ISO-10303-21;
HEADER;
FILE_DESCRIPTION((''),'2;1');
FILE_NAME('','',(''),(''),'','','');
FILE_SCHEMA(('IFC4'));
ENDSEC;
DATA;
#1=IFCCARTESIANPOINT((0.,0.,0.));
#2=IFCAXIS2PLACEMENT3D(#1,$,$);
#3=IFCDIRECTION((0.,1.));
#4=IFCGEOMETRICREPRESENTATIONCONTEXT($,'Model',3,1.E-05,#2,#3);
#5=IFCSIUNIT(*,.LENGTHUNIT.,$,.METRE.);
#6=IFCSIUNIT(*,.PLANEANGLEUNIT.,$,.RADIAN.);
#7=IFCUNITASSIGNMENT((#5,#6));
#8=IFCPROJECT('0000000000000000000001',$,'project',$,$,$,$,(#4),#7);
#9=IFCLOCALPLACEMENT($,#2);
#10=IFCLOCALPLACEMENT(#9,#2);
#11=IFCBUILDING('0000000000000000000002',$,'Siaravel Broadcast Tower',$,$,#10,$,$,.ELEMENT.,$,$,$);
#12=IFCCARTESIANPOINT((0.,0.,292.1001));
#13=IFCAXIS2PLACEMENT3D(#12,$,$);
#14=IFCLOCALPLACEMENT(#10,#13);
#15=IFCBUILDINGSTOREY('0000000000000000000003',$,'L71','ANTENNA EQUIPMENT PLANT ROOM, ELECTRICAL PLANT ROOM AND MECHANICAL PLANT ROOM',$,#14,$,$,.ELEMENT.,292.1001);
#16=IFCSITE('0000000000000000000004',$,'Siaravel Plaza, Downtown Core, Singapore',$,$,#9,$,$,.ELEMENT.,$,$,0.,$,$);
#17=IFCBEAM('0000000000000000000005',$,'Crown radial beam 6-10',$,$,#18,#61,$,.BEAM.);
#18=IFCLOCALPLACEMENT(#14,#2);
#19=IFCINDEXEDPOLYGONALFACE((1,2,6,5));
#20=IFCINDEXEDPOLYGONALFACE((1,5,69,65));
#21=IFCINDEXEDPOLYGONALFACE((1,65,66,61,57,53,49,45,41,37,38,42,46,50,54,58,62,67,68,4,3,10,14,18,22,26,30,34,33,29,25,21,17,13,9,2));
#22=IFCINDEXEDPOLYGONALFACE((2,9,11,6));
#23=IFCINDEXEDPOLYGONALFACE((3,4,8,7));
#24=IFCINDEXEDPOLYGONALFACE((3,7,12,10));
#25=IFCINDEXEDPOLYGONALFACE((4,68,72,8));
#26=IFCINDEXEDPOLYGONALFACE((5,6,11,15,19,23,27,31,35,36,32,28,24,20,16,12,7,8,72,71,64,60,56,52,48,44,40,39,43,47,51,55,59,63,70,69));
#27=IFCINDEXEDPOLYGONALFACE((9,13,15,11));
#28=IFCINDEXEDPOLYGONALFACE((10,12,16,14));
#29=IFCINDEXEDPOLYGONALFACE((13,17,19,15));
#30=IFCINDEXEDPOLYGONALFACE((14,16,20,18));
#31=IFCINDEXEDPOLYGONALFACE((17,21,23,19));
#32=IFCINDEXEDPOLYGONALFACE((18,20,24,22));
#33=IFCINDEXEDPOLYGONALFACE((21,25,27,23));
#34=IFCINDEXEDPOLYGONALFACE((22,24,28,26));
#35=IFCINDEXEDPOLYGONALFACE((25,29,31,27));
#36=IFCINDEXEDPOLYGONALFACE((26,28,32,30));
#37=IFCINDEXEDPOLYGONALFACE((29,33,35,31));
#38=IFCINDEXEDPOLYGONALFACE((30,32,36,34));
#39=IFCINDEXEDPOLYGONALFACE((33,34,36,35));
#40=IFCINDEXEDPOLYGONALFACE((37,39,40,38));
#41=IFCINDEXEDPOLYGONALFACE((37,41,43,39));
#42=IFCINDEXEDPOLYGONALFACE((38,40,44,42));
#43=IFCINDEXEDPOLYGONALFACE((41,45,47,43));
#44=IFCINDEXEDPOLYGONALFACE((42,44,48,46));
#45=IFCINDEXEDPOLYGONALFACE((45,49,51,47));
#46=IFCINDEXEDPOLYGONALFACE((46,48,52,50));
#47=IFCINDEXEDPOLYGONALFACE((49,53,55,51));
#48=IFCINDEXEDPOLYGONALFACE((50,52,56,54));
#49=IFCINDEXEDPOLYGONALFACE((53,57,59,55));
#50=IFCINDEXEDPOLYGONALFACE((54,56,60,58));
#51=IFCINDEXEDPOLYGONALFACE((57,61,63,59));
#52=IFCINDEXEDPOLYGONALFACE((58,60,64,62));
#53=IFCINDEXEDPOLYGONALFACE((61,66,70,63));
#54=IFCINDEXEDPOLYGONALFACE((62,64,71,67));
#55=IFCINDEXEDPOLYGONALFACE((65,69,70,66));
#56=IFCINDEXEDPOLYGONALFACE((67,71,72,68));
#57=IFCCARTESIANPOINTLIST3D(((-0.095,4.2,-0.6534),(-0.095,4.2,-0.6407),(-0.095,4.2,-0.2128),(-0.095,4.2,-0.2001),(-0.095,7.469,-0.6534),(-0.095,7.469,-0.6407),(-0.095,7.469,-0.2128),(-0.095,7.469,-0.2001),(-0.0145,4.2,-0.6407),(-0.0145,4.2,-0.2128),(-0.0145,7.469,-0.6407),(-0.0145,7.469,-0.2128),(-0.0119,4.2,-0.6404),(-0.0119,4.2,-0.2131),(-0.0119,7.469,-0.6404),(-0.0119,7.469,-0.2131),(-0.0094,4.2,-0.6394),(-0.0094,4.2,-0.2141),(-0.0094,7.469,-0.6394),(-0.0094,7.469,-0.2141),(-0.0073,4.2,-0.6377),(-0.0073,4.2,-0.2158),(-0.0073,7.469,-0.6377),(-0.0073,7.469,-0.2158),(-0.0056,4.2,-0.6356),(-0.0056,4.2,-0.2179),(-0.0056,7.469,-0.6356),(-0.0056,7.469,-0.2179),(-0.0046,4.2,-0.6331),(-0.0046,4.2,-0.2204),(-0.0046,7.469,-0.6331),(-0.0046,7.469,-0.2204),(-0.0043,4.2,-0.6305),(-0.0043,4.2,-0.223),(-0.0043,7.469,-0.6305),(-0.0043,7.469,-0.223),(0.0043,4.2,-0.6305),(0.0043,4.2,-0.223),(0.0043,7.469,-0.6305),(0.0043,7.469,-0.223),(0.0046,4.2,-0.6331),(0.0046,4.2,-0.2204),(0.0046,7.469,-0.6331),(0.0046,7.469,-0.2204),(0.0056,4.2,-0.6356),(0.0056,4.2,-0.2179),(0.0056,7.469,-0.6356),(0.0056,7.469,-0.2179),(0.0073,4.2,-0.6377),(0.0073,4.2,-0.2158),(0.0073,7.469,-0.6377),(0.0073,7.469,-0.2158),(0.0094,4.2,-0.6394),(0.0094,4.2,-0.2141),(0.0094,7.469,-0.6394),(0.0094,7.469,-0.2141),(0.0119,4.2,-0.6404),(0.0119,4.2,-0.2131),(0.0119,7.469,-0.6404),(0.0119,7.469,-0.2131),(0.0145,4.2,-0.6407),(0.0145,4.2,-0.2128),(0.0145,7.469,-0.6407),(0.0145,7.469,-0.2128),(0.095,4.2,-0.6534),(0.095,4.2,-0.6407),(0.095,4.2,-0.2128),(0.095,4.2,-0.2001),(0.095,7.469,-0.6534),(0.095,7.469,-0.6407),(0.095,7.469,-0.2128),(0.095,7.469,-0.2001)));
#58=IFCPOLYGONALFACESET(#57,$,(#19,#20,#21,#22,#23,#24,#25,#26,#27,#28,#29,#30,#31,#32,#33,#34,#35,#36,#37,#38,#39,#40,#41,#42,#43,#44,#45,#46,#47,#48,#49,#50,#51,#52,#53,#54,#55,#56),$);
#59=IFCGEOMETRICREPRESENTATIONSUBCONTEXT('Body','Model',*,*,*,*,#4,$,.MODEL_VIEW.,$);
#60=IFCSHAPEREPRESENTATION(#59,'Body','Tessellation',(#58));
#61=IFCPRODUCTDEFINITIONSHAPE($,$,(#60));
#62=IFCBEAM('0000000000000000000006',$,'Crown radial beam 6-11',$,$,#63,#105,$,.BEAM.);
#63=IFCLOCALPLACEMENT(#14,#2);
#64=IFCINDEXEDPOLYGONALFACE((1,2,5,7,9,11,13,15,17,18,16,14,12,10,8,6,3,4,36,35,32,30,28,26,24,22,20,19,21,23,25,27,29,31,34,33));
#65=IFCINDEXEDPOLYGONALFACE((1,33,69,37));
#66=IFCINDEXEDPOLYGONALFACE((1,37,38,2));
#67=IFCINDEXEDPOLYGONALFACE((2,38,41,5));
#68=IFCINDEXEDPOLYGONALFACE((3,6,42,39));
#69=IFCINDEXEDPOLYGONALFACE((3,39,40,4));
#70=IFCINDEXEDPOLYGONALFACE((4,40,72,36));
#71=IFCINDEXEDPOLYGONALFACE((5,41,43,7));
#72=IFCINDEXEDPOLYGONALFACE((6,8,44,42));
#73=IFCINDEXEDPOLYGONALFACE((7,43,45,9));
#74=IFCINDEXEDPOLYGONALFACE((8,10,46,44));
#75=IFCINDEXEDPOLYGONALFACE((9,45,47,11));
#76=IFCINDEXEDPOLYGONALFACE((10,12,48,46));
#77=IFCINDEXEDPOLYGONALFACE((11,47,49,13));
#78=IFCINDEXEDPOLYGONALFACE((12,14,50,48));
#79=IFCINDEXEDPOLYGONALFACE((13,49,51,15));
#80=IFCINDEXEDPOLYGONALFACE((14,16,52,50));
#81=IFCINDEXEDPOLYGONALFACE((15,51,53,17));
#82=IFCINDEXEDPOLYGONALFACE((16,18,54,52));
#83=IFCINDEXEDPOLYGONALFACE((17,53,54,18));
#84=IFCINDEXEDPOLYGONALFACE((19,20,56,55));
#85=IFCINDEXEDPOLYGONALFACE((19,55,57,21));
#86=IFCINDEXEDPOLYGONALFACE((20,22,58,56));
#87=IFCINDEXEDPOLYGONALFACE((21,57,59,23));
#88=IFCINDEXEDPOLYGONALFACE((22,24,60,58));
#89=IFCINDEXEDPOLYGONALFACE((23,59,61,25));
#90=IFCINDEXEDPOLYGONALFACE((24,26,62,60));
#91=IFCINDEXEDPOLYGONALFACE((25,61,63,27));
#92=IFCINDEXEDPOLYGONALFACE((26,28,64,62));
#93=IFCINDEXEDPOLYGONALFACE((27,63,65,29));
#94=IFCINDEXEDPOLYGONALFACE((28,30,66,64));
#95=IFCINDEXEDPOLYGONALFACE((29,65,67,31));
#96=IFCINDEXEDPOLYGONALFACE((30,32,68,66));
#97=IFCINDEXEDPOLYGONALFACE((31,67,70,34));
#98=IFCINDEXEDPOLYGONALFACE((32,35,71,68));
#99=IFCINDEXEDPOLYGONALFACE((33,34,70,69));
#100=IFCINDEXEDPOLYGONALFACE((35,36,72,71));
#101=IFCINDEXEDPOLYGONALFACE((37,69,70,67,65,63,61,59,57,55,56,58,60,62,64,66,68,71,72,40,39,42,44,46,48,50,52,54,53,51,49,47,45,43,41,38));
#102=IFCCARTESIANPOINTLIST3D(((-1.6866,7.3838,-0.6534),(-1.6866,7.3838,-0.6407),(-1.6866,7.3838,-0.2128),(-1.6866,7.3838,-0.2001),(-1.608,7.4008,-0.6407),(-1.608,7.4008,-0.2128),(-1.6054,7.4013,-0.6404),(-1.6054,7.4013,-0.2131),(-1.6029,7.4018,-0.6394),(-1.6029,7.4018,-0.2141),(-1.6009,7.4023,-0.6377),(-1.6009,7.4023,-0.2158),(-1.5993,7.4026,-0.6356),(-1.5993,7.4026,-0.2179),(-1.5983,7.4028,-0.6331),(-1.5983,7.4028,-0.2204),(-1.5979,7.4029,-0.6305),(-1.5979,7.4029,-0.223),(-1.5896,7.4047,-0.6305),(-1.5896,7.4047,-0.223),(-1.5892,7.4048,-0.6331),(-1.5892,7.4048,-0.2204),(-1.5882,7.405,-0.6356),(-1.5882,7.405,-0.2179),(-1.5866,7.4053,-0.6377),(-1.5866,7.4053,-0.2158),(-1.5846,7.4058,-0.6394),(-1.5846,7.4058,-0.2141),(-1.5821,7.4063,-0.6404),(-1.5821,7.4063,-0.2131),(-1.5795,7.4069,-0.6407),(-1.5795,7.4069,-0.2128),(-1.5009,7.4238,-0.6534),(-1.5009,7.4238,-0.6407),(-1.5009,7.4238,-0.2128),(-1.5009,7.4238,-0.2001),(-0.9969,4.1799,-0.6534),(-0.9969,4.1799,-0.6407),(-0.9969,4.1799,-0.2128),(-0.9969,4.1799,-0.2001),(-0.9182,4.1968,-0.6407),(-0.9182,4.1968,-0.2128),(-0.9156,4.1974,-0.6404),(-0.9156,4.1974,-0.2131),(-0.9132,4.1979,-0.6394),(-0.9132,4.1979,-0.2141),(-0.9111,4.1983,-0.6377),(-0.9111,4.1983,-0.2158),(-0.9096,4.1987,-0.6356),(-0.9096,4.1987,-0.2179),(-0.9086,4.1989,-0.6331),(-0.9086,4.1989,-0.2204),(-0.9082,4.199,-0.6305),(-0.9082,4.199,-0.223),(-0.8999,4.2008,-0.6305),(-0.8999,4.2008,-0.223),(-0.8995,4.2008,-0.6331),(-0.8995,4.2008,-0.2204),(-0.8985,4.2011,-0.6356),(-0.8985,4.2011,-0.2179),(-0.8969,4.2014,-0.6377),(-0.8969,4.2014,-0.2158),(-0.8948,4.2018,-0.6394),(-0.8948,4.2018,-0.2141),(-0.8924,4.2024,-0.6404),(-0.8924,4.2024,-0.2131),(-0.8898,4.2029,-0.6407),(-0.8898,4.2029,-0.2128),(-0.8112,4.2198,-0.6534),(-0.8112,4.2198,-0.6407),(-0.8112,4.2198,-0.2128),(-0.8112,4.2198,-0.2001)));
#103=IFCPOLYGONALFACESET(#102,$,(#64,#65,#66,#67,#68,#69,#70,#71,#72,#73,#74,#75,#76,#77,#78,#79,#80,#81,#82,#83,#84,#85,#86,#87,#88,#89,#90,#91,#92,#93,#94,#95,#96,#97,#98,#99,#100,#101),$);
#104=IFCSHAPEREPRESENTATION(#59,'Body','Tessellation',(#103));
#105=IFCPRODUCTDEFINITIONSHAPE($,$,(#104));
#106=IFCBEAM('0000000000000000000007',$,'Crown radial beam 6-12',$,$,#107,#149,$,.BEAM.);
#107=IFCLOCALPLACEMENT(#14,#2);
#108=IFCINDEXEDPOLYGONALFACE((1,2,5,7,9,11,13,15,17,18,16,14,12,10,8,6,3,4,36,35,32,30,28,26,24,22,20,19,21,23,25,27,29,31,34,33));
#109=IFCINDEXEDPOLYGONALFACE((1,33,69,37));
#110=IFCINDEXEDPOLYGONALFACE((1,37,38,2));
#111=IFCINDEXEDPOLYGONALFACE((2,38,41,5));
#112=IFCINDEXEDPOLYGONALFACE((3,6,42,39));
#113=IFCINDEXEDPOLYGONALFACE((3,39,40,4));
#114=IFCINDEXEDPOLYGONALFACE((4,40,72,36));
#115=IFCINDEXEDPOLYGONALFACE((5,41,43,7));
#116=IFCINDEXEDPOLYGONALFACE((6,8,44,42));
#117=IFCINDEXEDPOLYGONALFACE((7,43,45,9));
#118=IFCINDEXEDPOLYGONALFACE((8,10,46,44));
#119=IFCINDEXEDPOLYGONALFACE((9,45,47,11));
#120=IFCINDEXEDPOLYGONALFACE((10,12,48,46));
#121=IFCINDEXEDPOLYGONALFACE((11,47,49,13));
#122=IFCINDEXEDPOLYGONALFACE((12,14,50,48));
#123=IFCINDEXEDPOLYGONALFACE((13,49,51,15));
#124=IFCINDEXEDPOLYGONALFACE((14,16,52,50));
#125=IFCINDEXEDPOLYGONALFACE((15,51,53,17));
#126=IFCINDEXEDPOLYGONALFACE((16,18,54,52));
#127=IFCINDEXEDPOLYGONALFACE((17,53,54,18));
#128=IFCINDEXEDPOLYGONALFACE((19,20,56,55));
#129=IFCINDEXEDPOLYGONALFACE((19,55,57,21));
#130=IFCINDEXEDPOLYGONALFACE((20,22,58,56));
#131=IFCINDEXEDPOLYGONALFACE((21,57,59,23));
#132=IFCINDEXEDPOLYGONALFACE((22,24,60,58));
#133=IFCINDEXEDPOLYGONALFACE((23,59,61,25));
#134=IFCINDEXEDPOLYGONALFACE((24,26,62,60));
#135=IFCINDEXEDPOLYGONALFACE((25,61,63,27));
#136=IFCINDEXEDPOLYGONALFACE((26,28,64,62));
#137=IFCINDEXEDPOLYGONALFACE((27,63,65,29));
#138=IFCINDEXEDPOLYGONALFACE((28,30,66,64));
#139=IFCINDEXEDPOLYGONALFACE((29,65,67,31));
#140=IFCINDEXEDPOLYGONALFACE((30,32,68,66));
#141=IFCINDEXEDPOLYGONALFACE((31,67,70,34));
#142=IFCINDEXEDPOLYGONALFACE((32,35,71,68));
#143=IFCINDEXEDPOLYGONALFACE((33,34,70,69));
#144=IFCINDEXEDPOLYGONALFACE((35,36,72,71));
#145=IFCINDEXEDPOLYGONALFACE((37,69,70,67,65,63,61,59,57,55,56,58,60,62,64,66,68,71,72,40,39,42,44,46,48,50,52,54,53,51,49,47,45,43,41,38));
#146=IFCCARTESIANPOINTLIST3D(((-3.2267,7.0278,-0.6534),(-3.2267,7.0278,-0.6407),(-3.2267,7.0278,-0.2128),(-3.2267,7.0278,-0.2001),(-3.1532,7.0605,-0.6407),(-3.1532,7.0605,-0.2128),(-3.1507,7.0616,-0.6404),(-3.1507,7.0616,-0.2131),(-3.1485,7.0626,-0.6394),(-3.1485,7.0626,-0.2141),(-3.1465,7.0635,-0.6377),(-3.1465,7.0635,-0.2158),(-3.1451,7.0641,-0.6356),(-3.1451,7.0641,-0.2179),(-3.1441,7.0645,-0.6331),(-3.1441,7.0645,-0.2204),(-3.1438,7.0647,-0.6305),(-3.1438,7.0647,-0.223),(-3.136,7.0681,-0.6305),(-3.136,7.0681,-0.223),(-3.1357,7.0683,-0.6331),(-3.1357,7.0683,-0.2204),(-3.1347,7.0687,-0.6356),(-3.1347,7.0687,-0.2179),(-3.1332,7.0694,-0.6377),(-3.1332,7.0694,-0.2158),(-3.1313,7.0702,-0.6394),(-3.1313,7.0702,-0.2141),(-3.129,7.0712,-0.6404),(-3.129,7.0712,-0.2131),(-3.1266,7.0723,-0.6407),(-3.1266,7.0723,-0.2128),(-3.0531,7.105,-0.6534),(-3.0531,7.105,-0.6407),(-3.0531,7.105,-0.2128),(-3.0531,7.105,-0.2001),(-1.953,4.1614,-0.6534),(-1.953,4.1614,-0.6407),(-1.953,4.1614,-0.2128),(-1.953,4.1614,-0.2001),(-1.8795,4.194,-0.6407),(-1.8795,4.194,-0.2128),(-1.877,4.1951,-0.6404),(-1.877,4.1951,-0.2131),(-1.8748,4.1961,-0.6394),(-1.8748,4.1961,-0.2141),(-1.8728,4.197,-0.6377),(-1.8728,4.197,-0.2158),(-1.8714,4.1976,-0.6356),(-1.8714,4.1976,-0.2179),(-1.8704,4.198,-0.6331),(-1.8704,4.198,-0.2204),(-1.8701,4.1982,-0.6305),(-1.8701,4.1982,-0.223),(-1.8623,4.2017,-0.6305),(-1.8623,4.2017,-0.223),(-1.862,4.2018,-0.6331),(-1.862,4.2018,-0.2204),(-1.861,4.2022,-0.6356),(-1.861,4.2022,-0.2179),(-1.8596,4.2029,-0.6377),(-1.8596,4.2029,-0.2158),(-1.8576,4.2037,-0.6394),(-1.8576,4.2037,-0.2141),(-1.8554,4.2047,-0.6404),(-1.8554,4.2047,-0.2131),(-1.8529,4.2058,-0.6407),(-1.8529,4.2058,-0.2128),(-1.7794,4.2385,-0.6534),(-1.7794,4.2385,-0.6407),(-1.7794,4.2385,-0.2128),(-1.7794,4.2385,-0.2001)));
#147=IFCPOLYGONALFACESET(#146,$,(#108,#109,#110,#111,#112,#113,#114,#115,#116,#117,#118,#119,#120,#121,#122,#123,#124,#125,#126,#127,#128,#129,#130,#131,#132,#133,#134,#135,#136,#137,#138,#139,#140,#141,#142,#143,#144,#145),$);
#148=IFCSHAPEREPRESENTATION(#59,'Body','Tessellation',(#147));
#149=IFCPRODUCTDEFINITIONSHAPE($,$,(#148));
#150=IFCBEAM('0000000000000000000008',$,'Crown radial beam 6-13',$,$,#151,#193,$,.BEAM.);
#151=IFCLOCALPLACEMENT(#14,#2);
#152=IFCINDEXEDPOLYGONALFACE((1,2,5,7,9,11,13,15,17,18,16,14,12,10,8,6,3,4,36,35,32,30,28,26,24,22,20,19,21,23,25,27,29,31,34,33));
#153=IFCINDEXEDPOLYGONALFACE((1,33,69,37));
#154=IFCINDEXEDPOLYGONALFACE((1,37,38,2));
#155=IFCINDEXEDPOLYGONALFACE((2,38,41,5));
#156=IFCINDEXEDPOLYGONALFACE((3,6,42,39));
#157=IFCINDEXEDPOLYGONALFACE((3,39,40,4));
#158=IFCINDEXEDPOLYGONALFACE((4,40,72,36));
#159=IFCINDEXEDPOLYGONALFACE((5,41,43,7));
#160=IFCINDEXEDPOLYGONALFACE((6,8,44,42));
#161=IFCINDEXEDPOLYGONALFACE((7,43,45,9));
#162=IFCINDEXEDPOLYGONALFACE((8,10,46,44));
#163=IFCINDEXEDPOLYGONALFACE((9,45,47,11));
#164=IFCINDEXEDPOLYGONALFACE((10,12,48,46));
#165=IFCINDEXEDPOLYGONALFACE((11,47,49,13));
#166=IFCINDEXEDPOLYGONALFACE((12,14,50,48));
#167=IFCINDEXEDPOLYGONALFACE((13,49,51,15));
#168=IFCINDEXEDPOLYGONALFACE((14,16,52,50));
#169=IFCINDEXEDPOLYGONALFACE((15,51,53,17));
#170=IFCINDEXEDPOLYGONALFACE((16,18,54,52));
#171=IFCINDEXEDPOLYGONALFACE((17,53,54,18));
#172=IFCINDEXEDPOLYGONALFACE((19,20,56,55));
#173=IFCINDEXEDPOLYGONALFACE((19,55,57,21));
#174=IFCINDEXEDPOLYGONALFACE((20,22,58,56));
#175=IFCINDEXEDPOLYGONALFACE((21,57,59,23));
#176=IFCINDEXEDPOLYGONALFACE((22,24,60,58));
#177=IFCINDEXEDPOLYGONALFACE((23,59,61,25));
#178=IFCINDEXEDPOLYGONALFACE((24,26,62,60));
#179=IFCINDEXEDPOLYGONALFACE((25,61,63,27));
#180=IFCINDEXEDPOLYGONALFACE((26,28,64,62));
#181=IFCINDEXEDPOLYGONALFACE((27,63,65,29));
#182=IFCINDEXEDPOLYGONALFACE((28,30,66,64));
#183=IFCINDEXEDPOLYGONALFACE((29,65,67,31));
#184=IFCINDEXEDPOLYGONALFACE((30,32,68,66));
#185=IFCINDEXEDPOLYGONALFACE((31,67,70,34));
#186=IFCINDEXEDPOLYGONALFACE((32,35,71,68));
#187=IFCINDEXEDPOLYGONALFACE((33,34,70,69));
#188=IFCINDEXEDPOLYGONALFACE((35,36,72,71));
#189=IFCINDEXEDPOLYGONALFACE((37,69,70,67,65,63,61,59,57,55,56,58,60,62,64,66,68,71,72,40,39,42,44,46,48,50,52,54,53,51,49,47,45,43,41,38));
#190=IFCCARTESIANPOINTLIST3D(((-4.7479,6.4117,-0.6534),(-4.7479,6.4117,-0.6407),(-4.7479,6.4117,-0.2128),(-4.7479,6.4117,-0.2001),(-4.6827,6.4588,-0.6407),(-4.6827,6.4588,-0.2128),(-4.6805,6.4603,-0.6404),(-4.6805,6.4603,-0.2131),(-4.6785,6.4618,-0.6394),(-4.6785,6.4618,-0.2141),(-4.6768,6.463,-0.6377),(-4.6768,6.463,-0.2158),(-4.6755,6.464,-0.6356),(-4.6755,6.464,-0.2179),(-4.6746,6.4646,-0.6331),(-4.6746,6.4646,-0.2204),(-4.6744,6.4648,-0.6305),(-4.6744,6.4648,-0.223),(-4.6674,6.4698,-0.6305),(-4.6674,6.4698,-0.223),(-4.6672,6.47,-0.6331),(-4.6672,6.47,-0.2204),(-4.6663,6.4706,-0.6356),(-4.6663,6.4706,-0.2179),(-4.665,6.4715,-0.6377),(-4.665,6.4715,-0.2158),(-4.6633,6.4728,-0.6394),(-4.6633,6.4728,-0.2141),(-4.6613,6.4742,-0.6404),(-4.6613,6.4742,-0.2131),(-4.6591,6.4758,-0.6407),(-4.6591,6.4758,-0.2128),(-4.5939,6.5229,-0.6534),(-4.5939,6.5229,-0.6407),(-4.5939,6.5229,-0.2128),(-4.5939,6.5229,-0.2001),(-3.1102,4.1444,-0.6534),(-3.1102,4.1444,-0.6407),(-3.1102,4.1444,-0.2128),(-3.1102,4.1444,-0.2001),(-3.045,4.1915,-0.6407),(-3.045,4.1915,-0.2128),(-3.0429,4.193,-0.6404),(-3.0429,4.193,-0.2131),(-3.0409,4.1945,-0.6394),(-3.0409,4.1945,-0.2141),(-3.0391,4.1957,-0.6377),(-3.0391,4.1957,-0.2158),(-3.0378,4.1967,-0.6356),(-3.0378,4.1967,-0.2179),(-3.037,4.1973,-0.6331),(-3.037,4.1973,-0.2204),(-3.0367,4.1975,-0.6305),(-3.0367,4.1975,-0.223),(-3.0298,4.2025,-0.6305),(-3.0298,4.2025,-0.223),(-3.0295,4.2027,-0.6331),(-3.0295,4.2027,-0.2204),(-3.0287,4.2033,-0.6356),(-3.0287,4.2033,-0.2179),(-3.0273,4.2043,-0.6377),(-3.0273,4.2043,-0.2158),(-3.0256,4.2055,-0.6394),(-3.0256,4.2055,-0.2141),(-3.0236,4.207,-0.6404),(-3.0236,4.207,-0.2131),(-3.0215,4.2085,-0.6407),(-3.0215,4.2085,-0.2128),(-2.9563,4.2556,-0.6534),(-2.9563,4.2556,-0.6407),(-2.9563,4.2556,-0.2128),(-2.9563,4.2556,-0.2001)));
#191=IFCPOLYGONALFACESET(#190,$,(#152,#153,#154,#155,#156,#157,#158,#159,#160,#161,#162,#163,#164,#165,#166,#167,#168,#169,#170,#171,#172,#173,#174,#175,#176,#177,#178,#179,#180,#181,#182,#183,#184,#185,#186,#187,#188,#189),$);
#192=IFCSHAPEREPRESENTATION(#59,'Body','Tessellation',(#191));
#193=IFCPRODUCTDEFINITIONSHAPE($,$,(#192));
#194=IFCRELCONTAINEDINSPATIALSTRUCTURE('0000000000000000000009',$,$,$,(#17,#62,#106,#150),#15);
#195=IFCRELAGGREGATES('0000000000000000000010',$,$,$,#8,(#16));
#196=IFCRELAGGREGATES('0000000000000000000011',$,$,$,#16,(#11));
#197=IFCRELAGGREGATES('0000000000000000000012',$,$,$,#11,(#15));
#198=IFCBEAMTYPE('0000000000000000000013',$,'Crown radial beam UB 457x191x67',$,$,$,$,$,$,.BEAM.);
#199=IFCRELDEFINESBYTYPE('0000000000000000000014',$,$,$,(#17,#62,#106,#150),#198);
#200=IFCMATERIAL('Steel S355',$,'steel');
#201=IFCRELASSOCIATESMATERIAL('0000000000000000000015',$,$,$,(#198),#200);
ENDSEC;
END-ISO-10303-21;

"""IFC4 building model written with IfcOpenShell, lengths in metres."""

from ifc_helpers import new_model, si_unit, direction, frame, origin, origin_2d, place, context, subcontext, project, spatial, i_section, extrude, material, material_profile, profile_set, type_object, element, save


model = new_model("IFC4")

# Units and contexts
model_context = context("Model", 3, precision=1e-05, world=origin(), true_north=direction((0.0, 1.0)))
body_context = subcontext(model_context, "Body", "Model", "MODEL_VIEW")
ifc_project = project(units=[si_unit("LENGTHUNIT", "METRE"), si_unit("PLANEANGLEUNIT", "RADIAN")], contexts=[model_context])

# Site, building, storey
site_placement = place(None, origin())
site = spatial("IfcSite", under=ifc_project, at=site_placement, Name="Siaravel Plaza, Downtown Core, Singapore", CompositionType="ELEMENT", RefElevation=0.0)
building_placement = place(site_placement, origin())
building = spatial("IfcBuilding", under=site, at=building_placement, Name="Siaravel Broadcast Tower", CompositionType="ELEMENT")
storey_placement = place(building_placement, frame((0.0, 0.0, 292.1001)))
storey = spatial("IfcBuildingStorey", under=building, at=storey_placement, Name="L71", Description="ANTENNA EQUIPMENT PLANT ROOM, ELECTRICAL PLANT ROOM AND MECHANICAL PLANT ROOM", CompositionType="ELEMENT", Elevation=292.1001)

# Beams
ifc_material_1 = material(Name="Steel S355", Category="steel")
ifc_material_profile_1 = material_profile(ifc_material_1, i_section(OverallWidth=0.1899, OverallDepth=0.4534, WebThickness=0.0085, FlangeThickness=0.0127, FilletRadius=0.0103, at=origin_2d()))
ifc_profile_set_1 = profile_set([ifc_material_profile_1], Name="Steel S355")
beam_type_1 = type_object("IfcBeamType", Name="Crown radial beam UB 457x191x67", PredefinedType="BEAM", material=ifc_profile_set_1)
beam_1_placement = place(storey_placement, frame((0.0, 7.469, -0.4268), z_axis=(0.0, -1.0, 0.0), x_axis=(1.0, 0.0, 0.0)))
element("IfcBeam", 1, at=beam_1_placement, inside=storey, type_object=beam_type_1, Name="Crown radial beam 6-10", PredefinedType="BEAM", context=body_context, shape_type="SweptSolid", body=[
    extrude(i_section(OverallWidth=0.1899, OverallDepth=0.4534, WebThickness=0.0085, FlangeThickness=0.0127, FilletRadius=0.0103, at=origin_2d()), origin(), (0.0, 0.0, 1.0), 3.269),
])
beam_2_placement = place(storey_placement, frame((-1.5938, 7.4038, -0.4268), z_axis=(0.21045, -0.977605, 0.0), x_axis=(0.977605, 0.21045, 0.0)))
element("IfcBeam", 2, at=beam_2_placement, inside=storey, type_object=beam_type_1, Name="Crown radial beam 6-11", PredefinedType="BEAM", context=body_context, shape_type="SweptSolid", body=[
    extrude(i_section(OverallWidth=0.1899, OverallDepth=0.4534, WebThickness=0.0085, FlangeThickness=0.0127, FilletRadius=0.0103, at=origin_2d()), origin(), (0.0, 0.0, 1.0), 3.2773),
])
beam_3_placement = place(storey_placement, frame((-3.1399, 7.0664, -0.4268), z_axis=(0.406059, -0.913847, 0.0), x_axis=(0.913847, 0.406059, 0.0)))
element("IfcBeam", 3, at=beam_3_placement, inside=storey, type_object=beam_type_1, Name="Crown radial beam 6-12", PredefinedType="BEAM", context=body_context, shape_type="SweptSolid", body=[
    extrude(i_section(OverallWidth=0.1899, OverallDepth=0.4534, WebThickness=0.0085, FlangeThickness=0.0127, FilletRadius=0.0103, at=origin_2d()), origin(), (0.0, 0.0, 1.0), 3.1367),
])
beam_4_placement = place(storey_placement, frame((-4.6709, 6.4673, -0.4268), z_axis=(0.585532, -0.810649, 0.0), x_axis=(0.810649, 0.585532, 0.0)))
element("IfcBeam", 4, at=beam_4_placement, inside=storey, type_object=beam_type_1, Name="Crown radial beam 6-13", PredefinedType="BEAM", context=body_context, shape_type="SweptSolid", body=[
    extrude(i_section(OverallWidth=0.1899, OverallDepth=0.4534, WebThickness=0.0085, FlangeThickness=0.0127, FilletRadius=0.0103, at=origin_2d()), origin(), (0.0, 0.0, 1.0), 2.7969),
])

save(model, "model.ifc")
